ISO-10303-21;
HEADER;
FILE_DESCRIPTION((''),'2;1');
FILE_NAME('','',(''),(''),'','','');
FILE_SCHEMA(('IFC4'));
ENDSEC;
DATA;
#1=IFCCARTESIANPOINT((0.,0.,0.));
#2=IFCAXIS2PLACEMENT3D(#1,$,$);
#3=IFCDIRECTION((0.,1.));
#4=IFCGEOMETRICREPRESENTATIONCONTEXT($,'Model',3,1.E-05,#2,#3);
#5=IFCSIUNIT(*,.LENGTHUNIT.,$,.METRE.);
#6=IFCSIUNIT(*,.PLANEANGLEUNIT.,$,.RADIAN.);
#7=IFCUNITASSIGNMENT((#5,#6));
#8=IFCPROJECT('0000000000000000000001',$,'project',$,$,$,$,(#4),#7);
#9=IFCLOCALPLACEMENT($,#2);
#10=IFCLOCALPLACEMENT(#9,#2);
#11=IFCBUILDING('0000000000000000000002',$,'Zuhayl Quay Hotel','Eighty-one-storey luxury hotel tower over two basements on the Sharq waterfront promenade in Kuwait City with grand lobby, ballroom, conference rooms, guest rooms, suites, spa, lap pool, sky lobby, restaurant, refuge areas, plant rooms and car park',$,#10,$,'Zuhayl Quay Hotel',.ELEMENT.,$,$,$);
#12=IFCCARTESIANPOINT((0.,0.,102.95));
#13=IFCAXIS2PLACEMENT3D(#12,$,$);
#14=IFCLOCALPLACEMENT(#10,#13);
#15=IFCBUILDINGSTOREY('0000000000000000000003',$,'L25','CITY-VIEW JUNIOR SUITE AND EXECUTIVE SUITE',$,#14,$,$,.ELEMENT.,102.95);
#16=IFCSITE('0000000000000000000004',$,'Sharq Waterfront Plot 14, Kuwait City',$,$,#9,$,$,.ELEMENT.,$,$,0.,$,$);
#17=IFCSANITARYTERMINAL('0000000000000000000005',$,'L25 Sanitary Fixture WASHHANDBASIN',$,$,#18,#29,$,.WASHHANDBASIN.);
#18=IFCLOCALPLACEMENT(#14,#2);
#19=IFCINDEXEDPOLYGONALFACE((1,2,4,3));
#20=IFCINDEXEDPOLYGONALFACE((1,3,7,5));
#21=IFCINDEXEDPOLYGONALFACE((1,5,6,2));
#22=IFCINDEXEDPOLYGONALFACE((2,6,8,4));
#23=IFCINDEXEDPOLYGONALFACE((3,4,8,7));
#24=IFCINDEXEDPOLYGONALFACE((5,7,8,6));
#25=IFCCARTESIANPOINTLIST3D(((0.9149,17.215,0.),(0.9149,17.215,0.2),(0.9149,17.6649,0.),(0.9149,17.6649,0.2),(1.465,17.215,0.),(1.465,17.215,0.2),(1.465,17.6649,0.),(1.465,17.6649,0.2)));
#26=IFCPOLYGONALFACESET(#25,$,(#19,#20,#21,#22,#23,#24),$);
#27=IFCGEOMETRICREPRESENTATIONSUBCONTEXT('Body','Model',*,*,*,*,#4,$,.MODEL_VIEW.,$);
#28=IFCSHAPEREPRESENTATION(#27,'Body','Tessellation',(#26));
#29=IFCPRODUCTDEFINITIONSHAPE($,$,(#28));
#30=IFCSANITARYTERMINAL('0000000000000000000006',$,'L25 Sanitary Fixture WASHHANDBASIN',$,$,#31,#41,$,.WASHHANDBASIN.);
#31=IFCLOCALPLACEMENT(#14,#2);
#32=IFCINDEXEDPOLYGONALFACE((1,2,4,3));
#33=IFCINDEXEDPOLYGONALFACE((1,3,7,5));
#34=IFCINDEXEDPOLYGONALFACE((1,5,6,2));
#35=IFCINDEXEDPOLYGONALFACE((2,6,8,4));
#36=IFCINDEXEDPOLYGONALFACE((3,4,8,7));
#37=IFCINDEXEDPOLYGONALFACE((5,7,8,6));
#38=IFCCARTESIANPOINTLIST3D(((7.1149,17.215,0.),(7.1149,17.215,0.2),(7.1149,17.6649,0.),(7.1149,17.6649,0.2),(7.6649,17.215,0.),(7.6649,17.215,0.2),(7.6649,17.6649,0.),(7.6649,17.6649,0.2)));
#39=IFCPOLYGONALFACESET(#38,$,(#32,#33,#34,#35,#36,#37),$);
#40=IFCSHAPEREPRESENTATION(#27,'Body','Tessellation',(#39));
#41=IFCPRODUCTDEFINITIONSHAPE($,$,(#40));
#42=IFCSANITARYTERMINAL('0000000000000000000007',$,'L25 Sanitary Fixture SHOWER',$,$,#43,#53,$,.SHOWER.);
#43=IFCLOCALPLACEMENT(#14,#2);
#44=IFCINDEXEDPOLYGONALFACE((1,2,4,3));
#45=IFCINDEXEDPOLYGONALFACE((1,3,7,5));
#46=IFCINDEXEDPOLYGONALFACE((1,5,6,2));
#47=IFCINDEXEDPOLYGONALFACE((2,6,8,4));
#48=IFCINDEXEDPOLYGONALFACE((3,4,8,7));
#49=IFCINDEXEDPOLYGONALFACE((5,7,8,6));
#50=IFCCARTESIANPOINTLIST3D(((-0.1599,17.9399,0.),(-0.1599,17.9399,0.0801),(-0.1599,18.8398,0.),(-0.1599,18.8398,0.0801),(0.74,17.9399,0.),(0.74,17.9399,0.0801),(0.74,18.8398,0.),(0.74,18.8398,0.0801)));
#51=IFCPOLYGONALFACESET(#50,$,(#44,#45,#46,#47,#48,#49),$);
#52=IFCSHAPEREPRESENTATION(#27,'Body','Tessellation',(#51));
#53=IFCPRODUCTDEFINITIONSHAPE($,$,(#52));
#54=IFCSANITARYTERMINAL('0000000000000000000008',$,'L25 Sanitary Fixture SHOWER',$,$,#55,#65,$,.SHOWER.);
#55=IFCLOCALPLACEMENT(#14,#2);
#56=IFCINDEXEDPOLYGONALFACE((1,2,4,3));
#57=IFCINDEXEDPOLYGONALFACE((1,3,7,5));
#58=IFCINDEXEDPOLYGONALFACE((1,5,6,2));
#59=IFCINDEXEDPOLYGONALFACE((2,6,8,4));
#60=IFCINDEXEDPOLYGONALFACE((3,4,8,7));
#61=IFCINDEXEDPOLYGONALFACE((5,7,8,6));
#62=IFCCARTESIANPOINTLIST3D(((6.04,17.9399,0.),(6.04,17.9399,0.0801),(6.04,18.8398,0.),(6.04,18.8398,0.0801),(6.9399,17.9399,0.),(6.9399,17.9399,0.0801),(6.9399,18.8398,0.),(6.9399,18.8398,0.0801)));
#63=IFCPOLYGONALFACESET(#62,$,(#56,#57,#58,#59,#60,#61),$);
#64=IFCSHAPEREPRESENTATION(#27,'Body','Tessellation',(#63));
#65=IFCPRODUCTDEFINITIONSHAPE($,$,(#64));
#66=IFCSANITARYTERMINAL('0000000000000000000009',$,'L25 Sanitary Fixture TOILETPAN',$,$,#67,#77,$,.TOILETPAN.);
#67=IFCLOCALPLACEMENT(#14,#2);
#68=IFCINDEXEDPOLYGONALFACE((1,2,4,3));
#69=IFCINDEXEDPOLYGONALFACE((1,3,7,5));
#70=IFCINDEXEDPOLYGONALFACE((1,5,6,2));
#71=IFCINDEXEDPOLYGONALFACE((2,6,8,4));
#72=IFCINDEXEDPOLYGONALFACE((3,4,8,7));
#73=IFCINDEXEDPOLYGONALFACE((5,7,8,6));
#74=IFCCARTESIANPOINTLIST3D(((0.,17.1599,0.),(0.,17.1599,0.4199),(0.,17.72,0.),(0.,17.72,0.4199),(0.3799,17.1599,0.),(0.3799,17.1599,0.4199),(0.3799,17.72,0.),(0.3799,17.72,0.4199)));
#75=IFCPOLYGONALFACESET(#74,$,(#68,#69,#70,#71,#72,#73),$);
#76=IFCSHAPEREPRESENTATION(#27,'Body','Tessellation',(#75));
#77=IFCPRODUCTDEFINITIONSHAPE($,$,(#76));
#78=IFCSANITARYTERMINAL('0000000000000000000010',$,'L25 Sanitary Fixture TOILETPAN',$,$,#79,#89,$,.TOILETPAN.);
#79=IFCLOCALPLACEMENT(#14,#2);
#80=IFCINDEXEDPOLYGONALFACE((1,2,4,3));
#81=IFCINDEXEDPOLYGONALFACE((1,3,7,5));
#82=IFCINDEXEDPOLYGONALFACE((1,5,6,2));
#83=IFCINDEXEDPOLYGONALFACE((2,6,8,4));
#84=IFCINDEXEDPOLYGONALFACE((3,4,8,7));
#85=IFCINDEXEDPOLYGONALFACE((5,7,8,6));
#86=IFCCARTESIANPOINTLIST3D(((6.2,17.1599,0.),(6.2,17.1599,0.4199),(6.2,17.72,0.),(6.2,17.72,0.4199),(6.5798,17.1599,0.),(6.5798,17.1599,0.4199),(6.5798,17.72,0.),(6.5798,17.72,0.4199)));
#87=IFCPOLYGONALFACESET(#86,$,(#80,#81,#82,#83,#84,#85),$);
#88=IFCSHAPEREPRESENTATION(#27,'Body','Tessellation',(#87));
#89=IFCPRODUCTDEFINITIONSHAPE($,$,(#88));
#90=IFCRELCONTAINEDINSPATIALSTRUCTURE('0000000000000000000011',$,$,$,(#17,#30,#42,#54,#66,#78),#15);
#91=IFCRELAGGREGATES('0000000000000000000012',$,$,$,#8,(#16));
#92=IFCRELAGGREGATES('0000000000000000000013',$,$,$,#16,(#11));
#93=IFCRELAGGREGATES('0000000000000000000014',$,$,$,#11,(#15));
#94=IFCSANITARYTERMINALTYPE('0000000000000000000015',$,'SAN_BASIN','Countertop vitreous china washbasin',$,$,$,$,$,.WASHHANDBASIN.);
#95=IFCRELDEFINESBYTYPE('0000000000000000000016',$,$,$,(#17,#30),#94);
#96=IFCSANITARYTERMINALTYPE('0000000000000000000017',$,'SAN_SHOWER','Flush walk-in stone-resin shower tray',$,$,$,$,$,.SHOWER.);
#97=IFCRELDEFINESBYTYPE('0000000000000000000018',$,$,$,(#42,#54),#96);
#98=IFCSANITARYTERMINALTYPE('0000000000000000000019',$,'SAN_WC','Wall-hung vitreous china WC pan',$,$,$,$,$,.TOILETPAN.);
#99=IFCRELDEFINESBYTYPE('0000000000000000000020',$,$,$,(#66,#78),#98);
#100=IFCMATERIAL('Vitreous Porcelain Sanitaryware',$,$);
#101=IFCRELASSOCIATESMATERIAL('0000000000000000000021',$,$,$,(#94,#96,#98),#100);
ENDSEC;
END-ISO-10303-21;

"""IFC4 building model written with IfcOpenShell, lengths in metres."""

from ifc_helpers import new_model, si_unit, direction, frame, origin, origin_2d, place, context, subcontext, project, spatial, rectangle, extrude, material, type_object, element, save


model = new_model("IFC4")

# Units and contexts
model_context = context("Model", 3, precision=1e-05, world=origin(), true_north=direction((0.0, 1.0)))
body_context = subcontext(model_context, "Body", "Model", "MODEL_VIEW")
ifc_project = project(units=[si_unit("LENGTHUNIT", "METRE"), si_unit("PLANEANGLEUNIT", "RADIAN")], contexts=[model_context])

# Site, building, storey
site_placement = place(None, origin())
site = spatial("IfcSite", under=ifc_project, at=site_placement, Name="Sharq Waterfront Plot 14, Kuwait City", CompositionType="ELEMENT", RefElevation=0.0)
building_placement = place(site_placement, origin())
building = spatial("IfcBuilding", under=site, at=building_placement, Name="Zuhayl Quay Hotel", Description="Eighty-one-storey luxury hotel tower over two basements on the Sharq waterfront promenade in Kuwait City with grand lobby, ballroom, conference rooms, guest rooms, suites, spa, lap pool, sky lobby, restaurant, refuge areas, plant rooms and car park", LongName="Zuhayl Quay Hotel", CompositionType="ELEMENT")
storey_placement = place(building_placement, frame((0.0, 0.0, 102.95)))
storey = spatial("IfcBuildingStorey", under=building, at=storey_placement, Name="L25", Description="CITY-VIEW JUNIOR SUITE AND EXECUTIVE SUITE", CompositionType="ELEMENT", Elevation=102.95)

# Sanitary terminals
ifc_material_1 = material(Name="Vitreous Porcelain Sanitaryware")
sanitary_terminal_type_1 = type_object("IfcSanitaryTerminalType", Name="SAN_BASIN", Description="Countertop vitreous china washbasin", PredefinedType="WASHHANDBASIN", material=ifc_material_1)
for number, where, z_axis, x_axis, name in (
    (1, (1.1899, 17.4399, 0.0), (0.0, 0.0, 1.0), (1.0, 0.0, 0.0), "L25 Sanitary Fixture WASHHANDBASIN"),
    (2, (7.3899, 17.4399, 0.0), (0.0, 0.0, 1.0), (1.0, 0.0, 0.0), "L25 Sanitary Fixture WASHHANDBASIN"),
):
    element("IfcSanitaryTerminal", number, at=place(storey_placement, frame(where, z_axis=z_axis, x_axis=x_axis)), inside=storey, type_object=sanitary_terminal_type_1, Name=name, PredefinedType="WASHHANDBASIN", context=body_context, shape_type="SweptSolid", body=[
        extrude(rectangle(XDim=0.55, YDim=0.45, at=origin_2d()), origin(), (0.0, 0.0, 1.0), 0.2),
    ])
sanitary_terminal_type_2 = type_object("IfcSanitaryTerminalType", Name="SAN_SHOWER", Description="Flush walk-in stone-resin shower tray", PredefinedType="SHOWER", material=ifc_material_1)
for number, where, z_axis, x_axis, name in (
    (3, (0.29, 18.3899, 0.0), (0.0, 0.0, 1.0), (1.0, 0.0, 0.0), "L25 Sanitary Fixture SHOWER"),
    (4, (6.49, 18.3899, 0.0), (0.0, 0.0, 1.0), (1.0, 0.0, 0.0), "L25 Sanitary Fixture SHOWER"),
):
    element("IfcSanitaryTerminal", number, at=place(storey_placement, frame(where, z_axis=z_axis, x_axis=x_axis)), inside=storey, type_object=sanitary_terminal_type_2, Name=name, PredefinedType="SHOWER", context=body_context, shape_type="SweptSolid", body=[
        extrude(rectangle(XDim=0.8999, YDim=0.8999, at=origin_2d()), origin(), (0.0, 0.0, 1.0), 0.0801),
    ])
sanitary_terminal_type_3 = type_object("IfcSanitaryTerminalType", Name="SAN_WC", Description="Wall-hung vitreous china WC pan", PredefinedType="TOILETPAN", material=ifc_material_1)
for number, where, z_axis, x_axis, name in (
    (5, (0.1899, 17.4399, 0.0), (0.0, 0.0, 1.0), (1.0, 0.0, 0.0), "L25 Sanitary Fixture TOILETPAN"),
    (6, (6.3899, 17.4399, 0.0), (0.0, 0.0, 1.0), (1.0, 0.0, 0.0), "L25 Sanitary Fixture TOILETPAN"),
):
    element("IfcSanitaryTerminal", number, at=place(storey_placement, frame(where, z_axis=z_axis, x_axis=x_axis)), inside=storey, type_object=sanitary_terminal_type_3, Name=name, PredefinedType="TOILETPAN", context=body_context, shape_type="SweptSolid", body=[
        extrude(rectangle(XDim=0.3799, YDim=0.5601, at=origin_2d()), origin(), (0.0, 0.0, 1.0), 0.4199),
    ])

save(model, "model.ifc")
